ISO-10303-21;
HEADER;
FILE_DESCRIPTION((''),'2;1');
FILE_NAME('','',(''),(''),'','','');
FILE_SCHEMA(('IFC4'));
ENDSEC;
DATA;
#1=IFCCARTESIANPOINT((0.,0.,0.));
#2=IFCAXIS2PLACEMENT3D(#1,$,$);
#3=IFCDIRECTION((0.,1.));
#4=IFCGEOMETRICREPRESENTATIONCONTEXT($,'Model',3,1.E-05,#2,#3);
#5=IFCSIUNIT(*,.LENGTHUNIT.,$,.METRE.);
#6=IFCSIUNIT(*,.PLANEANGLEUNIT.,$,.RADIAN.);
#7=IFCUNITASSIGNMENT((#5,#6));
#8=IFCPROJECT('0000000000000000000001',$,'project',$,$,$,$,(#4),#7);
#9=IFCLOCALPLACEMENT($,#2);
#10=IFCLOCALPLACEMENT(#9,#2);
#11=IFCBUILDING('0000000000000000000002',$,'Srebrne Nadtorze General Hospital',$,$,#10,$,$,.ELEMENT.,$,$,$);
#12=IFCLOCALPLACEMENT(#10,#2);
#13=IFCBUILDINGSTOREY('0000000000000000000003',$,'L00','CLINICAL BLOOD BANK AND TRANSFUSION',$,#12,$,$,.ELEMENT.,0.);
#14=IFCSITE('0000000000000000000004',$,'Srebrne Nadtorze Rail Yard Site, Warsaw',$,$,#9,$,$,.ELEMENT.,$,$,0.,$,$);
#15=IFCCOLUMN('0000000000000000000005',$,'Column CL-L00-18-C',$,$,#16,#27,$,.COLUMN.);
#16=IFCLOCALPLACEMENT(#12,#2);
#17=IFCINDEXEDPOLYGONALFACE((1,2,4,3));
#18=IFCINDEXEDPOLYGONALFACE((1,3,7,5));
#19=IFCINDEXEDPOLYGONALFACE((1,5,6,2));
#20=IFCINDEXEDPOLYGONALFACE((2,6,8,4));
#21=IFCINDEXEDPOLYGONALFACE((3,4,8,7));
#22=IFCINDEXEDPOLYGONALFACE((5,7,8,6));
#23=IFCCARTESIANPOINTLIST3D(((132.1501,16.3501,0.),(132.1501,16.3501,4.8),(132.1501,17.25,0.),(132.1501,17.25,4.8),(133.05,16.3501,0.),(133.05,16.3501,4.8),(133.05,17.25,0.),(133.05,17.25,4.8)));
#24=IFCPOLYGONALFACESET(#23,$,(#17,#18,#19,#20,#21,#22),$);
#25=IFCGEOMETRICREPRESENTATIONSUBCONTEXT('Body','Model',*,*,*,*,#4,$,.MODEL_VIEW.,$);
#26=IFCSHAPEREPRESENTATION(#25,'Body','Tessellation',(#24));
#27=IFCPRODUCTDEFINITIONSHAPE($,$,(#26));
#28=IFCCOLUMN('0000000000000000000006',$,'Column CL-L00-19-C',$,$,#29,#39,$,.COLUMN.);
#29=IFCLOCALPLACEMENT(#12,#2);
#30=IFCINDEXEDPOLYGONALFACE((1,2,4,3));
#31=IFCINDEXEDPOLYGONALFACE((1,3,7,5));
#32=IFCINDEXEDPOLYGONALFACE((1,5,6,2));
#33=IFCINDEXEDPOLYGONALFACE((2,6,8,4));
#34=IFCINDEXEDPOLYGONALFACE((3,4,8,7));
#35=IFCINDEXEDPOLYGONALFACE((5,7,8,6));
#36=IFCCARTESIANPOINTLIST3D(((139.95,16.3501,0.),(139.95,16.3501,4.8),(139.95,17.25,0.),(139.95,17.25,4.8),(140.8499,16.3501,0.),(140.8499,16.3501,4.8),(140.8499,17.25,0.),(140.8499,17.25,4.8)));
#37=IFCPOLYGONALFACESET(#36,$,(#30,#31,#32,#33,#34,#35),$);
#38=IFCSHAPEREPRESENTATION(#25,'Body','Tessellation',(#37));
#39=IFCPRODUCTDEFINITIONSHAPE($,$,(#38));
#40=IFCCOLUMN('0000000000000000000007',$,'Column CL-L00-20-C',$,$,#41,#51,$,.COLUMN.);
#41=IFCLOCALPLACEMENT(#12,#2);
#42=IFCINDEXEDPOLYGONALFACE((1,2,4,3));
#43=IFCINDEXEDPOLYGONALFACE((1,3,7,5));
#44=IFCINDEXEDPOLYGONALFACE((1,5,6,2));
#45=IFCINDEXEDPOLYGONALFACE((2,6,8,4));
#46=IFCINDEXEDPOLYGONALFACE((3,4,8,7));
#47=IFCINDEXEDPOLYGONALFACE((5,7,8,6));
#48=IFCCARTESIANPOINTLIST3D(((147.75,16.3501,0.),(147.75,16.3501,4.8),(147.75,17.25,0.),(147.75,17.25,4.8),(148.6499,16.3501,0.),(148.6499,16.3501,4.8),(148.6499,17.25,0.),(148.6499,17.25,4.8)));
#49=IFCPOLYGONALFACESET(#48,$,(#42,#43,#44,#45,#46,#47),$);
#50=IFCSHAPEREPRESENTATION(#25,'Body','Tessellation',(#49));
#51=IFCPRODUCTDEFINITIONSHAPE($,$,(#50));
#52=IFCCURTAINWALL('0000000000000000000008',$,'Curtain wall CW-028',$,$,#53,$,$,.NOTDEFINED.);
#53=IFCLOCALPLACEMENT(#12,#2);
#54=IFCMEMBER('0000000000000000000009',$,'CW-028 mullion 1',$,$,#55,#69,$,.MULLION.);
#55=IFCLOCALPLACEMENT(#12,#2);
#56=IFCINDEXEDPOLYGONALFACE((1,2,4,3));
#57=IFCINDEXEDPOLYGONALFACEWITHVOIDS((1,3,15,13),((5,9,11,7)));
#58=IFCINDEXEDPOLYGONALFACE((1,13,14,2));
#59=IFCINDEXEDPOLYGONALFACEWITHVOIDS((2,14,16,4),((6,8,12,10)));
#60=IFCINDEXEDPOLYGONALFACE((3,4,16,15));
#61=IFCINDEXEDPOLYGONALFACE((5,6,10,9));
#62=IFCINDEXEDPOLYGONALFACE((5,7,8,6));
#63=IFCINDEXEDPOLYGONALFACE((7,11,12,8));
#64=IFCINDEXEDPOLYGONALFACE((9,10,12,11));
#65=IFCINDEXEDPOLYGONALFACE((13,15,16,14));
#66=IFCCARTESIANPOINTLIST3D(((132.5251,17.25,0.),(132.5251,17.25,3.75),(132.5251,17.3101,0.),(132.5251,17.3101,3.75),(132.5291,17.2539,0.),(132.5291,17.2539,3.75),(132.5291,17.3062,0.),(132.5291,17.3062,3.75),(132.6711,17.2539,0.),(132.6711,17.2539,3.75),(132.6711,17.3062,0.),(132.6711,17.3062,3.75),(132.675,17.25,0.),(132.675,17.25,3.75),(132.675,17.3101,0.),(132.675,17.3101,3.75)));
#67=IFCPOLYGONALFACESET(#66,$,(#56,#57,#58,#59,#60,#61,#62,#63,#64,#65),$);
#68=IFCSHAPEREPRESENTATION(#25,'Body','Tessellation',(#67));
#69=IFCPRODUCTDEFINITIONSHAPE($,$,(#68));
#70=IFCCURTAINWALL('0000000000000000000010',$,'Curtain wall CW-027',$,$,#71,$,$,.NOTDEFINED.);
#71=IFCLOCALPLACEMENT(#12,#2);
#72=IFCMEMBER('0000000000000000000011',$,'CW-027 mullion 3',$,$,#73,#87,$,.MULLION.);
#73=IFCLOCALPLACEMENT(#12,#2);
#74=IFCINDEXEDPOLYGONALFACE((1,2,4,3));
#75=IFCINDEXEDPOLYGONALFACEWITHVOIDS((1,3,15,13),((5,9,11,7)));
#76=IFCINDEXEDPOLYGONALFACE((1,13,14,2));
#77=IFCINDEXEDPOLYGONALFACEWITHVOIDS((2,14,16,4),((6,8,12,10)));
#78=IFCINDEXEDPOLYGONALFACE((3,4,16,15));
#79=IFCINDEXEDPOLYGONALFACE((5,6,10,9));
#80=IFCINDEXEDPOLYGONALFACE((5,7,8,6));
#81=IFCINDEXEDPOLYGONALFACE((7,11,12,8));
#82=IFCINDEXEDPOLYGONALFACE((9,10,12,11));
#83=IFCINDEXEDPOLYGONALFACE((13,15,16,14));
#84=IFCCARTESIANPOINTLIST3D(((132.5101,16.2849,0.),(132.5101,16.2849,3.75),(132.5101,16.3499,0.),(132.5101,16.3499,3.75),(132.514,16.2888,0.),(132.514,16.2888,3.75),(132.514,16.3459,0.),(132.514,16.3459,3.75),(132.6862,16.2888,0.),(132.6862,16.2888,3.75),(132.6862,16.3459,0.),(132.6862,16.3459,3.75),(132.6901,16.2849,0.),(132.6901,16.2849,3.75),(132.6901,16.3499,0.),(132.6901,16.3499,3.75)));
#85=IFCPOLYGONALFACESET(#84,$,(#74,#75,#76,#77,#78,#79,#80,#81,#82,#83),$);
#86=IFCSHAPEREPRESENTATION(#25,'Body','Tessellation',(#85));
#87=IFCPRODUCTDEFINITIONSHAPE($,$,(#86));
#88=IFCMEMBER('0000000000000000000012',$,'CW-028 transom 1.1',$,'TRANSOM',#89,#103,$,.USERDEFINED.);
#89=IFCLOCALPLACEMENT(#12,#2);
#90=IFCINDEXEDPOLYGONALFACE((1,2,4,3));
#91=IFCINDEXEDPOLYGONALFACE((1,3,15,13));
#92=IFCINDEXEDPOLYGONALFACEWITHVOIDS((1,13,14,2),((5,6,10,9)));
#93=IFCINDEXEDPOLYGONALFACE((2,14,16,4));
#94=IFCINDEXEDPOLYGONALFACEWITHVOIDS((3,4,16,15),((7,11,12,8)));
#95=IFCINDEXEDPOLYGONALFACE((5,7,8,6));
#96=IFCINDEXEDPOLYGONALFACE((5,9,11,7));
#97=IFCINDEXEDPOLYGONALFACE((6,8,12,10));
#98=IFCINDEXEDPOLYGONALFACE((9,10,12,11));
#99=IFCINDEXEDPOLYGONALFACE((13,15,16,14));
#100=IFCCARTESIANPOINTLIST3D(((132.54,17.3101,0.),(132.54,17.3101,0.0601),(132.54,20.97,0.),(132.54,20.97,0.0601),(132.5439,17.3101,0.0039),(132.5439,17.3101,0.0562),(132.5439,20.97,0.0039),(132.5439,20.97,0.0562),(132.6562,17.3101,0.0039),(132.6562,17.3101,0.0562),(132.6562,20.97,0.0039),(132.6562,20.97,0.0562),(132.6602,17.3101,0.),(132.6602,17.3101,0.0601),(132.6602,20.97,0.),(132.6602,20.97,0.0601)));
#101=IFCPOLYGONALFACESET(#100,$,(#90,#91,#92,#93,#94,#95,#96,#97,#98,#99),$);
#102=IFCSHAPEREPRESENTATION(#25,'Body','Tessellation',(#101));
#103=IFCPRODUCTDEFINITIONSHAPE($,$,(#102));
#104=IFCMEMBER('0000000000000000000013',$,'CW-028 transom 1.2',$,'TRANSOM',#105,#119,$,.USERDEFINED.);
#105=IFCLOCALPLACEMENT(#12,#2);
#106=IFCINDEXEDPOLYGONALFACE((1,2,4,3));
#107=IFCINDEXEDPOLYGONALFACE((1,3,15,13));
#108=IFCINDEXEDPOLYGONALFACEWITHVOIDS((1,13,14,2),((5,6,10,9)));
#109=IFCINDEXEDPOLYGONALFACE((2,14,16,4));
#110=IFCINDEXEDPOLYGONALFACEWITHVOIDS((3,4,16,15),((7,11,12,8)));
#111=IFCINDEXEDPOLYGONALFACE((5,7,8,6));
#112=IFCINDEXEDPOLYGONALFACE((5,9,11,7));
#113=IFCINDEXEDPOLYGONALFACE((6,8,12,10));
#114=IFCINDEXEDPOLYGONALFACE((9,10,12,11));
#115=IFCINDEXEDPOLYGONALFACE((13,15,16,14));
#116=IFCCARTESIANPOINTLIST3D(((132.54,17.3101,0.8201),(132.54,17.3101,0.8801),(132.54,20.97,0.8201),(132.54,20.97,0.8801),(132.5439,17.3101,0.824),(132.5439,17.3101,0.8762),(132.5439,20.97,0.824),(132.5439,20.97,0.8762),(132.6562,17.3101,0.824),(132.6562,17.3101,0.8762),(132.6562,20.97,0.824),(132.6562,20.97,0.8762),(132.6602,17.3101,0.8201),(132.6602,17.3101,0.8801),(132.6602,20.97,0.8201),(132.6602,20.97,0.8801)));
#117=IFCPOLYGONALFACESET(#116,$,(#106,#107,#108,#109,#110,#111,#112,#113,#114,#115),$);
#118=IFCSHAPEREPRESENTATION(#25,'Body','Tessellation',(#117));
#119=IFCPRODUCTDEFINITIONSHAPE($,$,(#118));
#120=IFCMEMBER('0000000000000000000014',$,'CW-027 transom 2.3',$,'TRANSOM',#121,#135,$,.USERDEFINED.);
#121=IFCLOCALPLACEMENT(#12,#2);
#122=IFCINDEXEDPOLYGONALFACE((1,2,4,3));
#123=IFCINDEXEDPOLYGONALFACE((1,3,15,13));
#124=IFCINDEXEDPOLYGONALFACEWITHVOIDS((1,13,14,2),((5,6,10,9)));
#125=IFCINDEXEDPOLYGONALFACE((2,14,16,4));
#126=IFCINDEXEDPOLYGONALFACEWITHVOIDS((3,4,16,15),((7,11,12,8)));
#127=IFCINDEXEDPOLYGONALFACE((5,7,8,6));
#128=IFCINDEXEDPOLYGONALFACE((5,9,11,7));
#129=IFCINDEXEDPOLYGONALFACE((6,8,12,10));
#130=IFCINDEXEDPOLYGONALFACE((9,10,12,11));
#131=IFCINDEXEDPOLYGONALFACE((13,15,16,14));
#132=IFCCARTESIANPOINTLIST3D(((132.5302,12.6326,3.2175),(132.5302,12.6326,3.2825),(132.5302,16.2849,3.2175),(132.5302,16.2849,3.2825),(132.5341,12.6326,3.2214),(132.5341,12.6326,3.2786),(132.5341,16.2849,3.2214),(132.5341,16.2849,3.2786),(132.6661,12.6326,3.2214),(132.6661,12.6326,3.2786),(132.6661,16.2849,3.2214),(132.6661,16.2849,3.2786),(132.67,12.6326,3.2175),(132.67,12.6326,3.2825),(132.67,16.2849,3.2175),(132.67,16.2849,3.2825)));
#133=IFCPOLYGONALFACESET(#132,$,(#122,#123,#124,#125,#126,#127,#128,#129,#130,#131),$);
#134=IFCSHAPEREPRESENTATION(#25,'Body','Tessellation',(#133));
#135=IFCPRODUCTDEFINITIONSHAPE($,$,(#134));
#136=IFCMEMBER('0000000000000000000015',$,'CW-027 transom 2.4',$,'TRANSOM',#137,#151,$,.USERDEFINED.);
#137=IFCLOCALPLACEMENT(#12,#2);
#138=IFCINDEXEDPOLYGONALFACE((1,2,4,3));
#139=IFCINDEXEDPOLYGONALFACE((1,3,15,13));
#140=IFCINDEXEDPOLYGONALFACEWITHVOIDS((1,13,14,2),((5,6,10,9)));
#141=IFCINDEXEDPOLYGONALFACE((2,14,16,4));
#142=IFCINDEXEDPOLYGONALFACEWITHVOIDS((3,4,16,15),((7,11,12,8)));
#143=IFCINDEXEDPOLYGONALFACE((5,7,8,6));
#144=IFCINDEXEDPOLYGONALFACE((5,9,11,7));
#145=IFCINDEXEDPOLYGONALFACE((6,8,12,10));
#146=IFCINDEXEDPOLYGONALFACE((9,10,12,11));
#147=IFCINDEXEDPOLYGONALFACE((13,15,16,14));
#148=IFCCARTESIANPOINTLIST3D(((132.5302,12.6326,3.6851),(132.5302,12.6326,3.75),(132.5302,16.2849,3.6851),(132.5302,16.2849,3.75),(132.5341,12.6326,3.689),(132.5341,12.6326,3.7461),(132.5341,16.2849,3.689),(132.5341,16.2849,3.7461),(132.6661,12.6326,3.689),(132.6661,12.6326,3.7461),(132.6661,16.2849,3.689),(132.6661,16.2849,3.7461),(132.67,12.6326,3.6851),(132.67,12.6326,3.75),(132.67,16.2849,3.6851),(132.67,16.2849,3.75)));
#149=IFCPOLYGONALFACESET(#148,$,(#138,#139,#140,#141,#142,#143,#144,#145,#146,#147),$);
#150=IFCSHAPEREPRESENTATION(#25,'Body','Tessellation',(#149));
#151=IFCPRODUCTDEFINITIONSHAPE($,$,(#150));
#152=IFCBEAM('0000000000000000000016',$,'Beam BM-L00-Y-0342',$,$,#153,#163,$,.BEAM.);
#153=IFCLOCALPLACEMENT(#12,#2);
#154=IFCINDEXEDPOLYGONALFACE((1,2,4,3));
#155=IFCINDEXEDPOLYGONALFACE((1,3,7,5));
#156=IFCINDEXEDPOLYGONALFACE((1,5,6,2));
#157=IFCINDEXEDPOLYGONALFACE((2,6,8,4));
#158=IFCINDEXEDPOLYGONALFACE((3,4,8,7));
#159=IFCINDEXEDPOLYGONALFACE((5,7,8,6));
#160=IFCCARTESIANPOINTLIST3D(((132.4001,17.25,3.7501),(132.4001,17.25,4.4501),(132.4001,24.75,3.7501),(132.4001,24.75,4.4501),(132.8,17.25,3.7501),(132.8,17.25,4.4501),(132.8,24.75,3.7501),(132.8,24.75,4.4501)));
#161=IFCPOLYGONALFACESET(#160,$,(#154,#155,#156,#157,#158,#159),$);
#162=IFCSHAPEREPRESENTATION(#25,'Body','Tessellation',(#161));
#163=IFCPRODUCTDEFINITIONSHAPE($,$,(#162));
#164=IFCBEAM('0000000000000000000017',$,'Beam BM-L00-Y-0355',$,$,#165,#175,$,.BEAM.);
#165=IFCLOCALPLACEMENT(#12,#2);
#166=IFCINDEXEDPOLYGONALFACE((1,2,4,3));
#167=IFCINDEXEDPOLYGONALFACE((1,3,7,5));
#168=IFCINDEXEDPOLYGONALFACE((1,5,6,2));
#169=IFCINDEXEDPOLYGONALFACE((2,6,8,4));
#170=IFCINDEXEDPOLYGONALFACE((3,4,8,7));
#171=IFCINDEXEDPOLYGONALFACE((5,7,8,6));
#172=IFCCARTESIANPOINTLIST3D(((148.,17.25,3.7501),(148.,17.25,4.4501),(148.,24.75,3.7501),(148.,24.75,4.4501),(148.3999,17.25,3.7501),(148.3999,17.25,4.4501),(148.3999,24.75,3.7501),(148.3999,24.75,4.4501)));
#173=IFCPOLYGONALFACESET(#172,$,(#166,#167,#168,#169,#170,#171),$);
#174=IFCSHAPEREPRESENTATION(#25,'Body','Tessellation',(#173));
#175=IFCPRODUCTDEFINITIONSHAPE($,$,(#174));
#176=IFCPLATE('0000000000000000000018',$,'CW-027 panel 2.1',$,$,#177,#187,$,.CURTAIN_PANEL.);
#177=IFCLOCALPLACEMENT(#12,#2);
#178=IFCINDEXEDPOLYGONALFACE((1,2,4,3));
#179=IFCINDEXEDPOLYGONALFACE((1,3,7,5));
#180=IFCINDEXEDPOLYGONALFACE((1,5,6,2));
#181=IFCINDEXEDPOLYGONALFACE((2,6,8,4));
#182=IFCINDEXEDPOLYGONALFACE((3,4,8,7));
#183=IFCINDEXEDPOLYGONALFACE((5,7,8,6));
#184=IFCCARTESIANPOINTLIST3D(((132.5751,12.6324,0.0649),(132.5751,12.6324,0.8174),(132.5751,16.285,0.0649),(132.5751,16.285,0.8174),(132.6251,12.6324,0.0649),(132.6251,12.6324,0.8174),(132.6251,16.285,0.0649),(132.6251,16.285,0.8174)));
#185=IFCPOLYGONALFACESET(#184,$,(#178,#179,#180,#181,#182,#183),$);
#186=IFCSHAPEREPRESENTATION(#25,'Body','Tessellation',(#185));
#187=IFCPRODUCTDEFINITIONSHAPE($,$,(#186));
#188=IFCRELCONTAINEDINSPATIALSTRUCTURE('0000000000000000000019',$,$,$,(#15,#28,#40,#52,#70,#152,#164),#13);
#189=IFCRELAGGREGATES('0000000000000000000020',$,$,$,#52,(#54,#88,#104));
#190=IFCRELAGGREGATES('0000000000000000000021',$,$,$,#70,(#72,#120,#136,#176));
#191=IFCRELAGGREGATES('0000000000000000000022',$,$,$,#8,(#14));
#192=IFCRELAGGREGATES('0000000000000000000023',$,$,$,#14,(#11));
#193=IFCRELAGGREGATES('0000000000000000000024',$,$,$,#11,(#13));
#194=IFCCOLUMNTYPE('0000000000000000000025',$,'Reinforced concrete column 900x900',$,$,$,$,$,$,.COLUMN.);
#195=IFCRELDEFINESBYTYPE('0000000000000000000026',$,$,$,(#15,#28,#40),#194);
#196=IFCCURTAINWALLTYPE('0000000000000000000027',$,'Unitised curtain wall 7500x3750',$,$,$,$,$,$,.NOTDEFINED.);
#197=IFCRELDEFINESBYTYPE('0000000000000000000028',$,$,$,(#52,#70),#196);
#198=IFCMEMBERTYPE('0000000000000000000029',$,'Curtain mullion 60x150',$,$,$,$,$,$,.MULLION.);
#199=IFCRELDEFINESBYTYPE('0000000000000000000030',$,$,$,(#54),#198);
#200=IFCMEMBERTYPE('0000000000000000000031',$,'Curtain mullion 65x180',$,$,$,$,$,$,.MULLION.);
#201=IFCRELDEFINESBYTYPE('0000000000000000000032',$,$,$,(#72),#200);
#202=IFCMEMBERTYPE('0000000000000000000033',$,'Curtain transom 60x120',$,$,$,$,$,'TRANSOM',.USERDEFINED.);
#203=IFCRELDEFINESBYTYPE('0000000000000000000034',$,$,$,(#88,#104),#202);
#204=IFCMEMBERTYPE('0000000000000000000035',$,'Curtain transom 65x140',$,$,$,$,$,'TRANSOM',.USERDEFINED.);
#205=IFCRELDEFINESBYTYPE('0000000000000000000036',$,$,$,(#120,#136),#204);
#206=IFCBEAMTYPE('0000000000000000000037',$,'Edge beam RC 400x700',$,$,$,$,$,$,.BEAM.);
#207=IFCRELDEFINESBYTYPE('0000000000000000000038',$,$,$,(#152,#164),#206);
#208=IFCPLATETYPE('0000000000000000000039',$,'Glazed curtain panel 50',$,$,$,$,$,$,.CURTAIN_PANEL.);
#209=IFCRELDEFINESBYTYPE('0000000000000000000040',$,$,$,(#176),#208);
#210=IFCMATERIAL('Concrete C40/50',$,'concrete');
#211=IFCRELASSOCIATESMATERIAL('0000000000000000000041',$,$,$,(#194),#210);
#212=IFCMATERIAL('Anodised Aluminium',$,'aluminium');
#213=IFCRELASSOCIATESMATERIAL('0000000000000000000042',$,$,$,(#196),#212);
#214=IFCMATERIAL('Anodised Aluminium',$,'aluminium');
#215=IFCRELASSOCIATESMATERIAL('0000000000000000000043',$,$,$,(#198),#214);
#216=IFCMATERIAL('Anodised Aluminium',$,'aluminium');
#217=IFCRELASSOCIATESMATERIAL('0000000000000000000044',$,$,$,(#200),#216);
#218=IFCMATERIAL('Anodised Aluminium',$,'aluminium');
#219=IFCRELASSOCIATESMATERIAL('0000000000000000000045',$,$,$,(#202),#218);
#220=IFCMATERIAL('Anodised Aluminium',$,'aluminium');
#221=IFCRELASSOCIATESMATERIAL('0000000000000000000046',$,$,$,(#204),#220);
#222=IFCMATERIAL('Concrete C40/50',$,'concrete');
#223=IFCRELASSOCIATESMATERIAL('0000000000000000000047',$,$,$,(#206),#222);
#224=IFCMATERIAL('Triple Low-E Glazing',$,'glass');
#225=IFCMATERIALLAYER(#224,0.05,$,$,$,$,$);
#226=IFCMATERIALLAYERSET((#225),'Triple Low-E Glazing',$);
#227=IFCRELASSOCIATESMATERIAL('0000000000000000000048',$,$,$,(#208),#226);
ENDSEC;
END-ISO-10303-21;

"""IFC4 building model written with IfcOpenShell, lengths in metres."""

from ifc_helpers import new_model, si_unit, direction, frame, origin, origin_2d, place, context, subcontext, project, spatial, rectangle, hollow_rectangle, extrude, material, layer, layer_set, material_profile, profile_set, type_object, element, aggregate, save


model = new_model("IFC4")

# Units and contexts
model_context = context("Model", 3, precision=1e-05, world=origin(), true_north=direction((0.0, 1.0)))
body_context = subcontext(model_context, "Body", "Model", "MODEL_VIEW")
ifc_project = project(units=[si_unit("LENGTHUNIT", "METRE"), si_unit("PLANEANGLEUNIT", "RADIAN")], contexts=[model_context])

# Site, building, storey
site_placement = place(None, origin())
site = spatial("IfcSite", under=ifc_project, at=site_placement, Name="Srebrne Nadtorze Rail Yard Site, Warsaw", CompositionType="ELEMENT", RefElevation=0.0)
building_placement = place(site_placement, origin())
building = spatial("IfcBuilding", under=site, at=building_placement, Name="Srebrne Nadtorze General Hospital", CompositionType="ELEMENT")
storey_placement = place(building_placement, origin())
storey = spatial("IfcBuildingStorey", under=building, at=storey_placement, Name="L00", Description="CLINICAL BLOOD BANK AND TRANSFUSION", CompositionType="ELEMENT", Elevation=0.0)

# Columns
ifc_material_1 = material(Name="Concrete C40/50", Category="concrete")
ifc_material_profile_1 = material_profile(ifc_material_1, rectangle(XDim=0.8999, YDim=0.8999, at=origin_2d()), Name="RC-COL-900x900")
ifc_profile_set_1 = profile_set([ifc_material_profile_1], Name="Concrete C40/50")
column_type = type_object("IfcColumnType", Name="Reinforced concrete column 900x900", PredefinedType="COLUMN", material=ifc_profile_set_1)
for number, where, z_axis, x_axis, name in (
    (1, (132.6001, 16.8, 0.0), (0.0, 0.0, 1.0), (1.0, 0.0, 0.0), "Column CL-L00-18-C"),
    (2, (140.3999, 16.8, 0.0), (0.0, 0.0, 1.0), (1.0, 0.0, 0.0), "Column CL-L00-19-C"),
    (3, (148.2, 16.8, 0.0), (0.0, 0.0, 1.0), (1.0, 0.0, 0.0), "Column CL-L00-20-C"),
):
    element("IfcColumn", number, at=place(storey_placement, frame(where, z_axis=z_axis, x_axis=x_axis)), inside=storey, type_object=column_type, Name=name, PredefinedType="COLUMN", context=body_context, shape_type="SweptSolid", body=[
        extrude(rectangle(XDim=0.8999, YDim=0.8999, at=origin_2d()), origin(), (0.0, 0.0, 1.0), 4.8),
    ])

# Curtain walls, members
ifc_material_2 = material(Name="Anodised Aluminium", Category="aluminium")
curtain_wall_type = type_object("IfcCurtainWallType", Name="Unitised curtain wall 7500x3750", PredefinedType="NOTDEFINED", material=ifc_material_2)
curtain_wall_1_placement = place(storey_placement, origin())
curtain_wall_1 = element("IfcCurtainWall", 4, at=curtain_wall_1_placement, inside=storey, type_object=curtain_wall_type, Name="Curtain wall CW-028", PredefinedType="NOTDEFINED")
ifc_material_3 = material(Name="Anodised Aluminium", Category="aluminium")
ifc_material_profile_2 = material_profile(ifc_material_3, hollow_rectangle(XDim=0.0601, YDim=0.1499, WallThickness=0.0039, at=origin_2d()), Name="AL-MUL-60x150")
ifc_profile_set_2 = profile_set([ifc_material_profile_2], Name="Anodised Aluminium")
member_type_1 = type_object("IfcMemberType", Name="Curtain mullion 60x150", PredefinedType="MULLION", material=ifc_profile_set_2)
member_1_placement = place(storey_placement, frame((132.6001, 17.28, 0.0), z_axis=(0.0, 0.0, 1.0), x_axis=(0.0, 1.0, 0.0)))
member_1 = element("IfcMember", 5, at=member_1_placement, type_object=member_type_1, Name="CW-028 mullion 1", PredefinedType="MULLION", context=body_context, shape_type="SweptSolid", body=[
    extrude(hollow_rectangle(XDim=0.0601, YDim=0.1499, WallThickness=0.0039, at=origin_2d()), origin(), (0.0, 0.0, 1.0), 3.75),
])
curtain_wall_2_placement = place(storey_placement, origin())
curtain_wall_2 = element("IfcCurtainWall", 6, at=curtain_wall_2_placement, inside=storey, type_object=curtain_wall_type, Name="Curtain wall CW-027", PredefinedType="NOTDEFINED")
ifc_material_4 = material(Name="Anodised Aluminium", Category="aluminium")
ifc_material_profile_3 = material_profile(ifc_material_4, hollow_rectangle(XDim=0.0649, YDim=0.1799, WallThickness=0.0039, at=origin_2d()), Name="AL-MUL-65x180")
ifc_profile_set_3 = profile_set([ifc_material_profile_3], Name="Anodised Aluminium")
member_type_2 = type_object("IfcMemberType", Name="Curtain mullion 65x180", PredefinedType="MULLION", material=ifc_profile_set_3)
member_2_placement = place(storey_placement, frame((132.6001, 16.3174, 0.0), z_axis=(0.0, 0.0, 1.0), x_axis=(0.0, 1.0, 0.0)))
member_2 = element("IfcMember", 7, at=member_2_placement, type_object=member_type_2, Name="CW-027 mullion 3", PredefinedType="MULLION", context=body_context, shape_type="SweptSolid", body=[
    extrude(hollow_rectangle(XDim=0.0649, YDim=0.1799, WallThickness=0.0039, at=origin_2d()), origin(), (0.0, 0.0, 1.0), 3.75),
])

# Members
ifc_material_5 = material(Name="Anodised Aluminium", Category="aluminium")
ifc_material_profile_4 = material_profile(ifc_material_5, hollow_rectangle(XDim=0.0601, YDim=0.1201, WallThickness=0.0039, at=origin_2d()), Name="AL-TRN-60x120")
ifc_profile_set_4 = profile_set([ifc_material_profile_4], Name="Anodised Aluminium")
member_type_3 = type_object("IfcMemberType", Name="Curtain transom 60x120", ElementType="TRANSOM", PredefinedType="USERDEFINED", material=ifc_profile_set_4)
member_3_placement = place(storey_placement, frame((132.6001, 17.3101, 0.03), z_axis=(0.0, 1.0, 0.0), x_axis=(0.0, 0.0, 1.0)))
member_3 = element("IfcMember", 8, at=member_3_placement, type_object=member_type_3, Name="CW-028 transom 1.1", ObjectType="TRANSOM", PredefinedType="USERDEFINED", context=body_context, shape_type="SweptSolid", body=[
    extrude(hollow_rectangle(XDim=0.0601, YDim=0.1201, WallThickness=0.0039, at=origin_2d()), origin(), (0.0, 0.0, 1.0), 3.6599),
])
member_4_placement = place(storey_placement, frame((132.6001, 17.3101, 0.8501), z_axis=(0.0, 1.0, 0.0), x_axis=(0.0, 0.0, 1.0)))
member_4 = element("IfcMember", 9, at=member_4_placement, type_object=member_type_3, Name="CW-028 transom 1.2", ObjectType="TRANSOM", PredefinedType="USERDEFINED", context=body_context, shape_type="SweptSolid", body=[
    extrude(hollow_rectangle(XDim=0.0601, YDim=0.1201, WallThickness=0.0039, at=origin_2d()), origin(), (0.0, 0.0, 1.0), 3.6599),
])
aggregate(curtain_wall_1, [member_1, member_3, member_4])
ifc_material_6 = material(Name="Anodised Aluminium", Category="aluminium")
ifc_material_profile_5 = material_profile(ifc_material_6, hollow_rectangle(XDim=0.0649, YDim=0.1399, WallThickness=0.0039, at=origin_2d()), Name="AL-TRN-65x140")
ifc_profile_set_5 = profile_set([ifc_material_profile_5], Name="Anodised Aluminium")
member_type_4 = type_object("IfcMemberType", Name="Curtain transom 65x140", ElementType="TRANSOM", PredefinedType="USERDEFINED", material=ifc_profile_set_5)
member_5_placement = place(storey_placement, frame((132.6001, 12.6326, 3.25), z_axis=(0.0, 1.0, 0.0), x_axis=(0.0, 0.0, 1.0)))
member_5 = element("IfcMember", 10, at=member_5_placement, type_object=member_type_4, Name="CW-027 transom 2.3", ObjectType="TRANSOM", PredefinedType="USERDEFINED", context=body_context, shape_type="SweptSolid", body=[
    extrude(hollow_rectangle(XDim=0.0649, YDim=0.1399, WallThickness=0.0039, at=origin_2d()), origin(), (0.0, 0.0, 1.0), 3.6523),
])
member_6_placement = place(storey_placement, frame((132.6001, 12.6326, 3.7175), z_axis=(0.0, 1.0, 0.0), x_axis=(0.0, 0.0, 1.0)))
member_6 = element("IfcMember", 11, at=member_6_placement, type_object=member_type_4, Name="CW-027 transom 2.4", ObjectType="TRANSOM", PredefinedType="USERDEFINED", context=body_context, shape_type="SweptSolid", body=[
    extrude(hollow_rectangle(XDim=0.0649, YDim=0.1399, WallThickness=0.0039, at=origin_2d()), origin(), (0.0, 0.0, 1.0), 3.6523),
])

# Beams
ifc_material_7 = material(Name="Concrete C40/50", Category="concrete")
ifc_material_profile_6 = material_profile(ifc_material_7, rectangle(XDim=0.3999, YDim=0.7, at=origin_2d()), Name="RC-BM-400x700")
ifc_profile_set_6 = profile_set([ifc_material_profile_6], Name="Concrete C40/50")
beam_type = type_object("IfcBeamType", Name="Edge beam RC 400x700", PredefinedType="BEAM", material=ifc_profile_set_6)
for number, where, z_axis, x_axis, name in (
    (12, (132.6001, 17.25, 4.1001), (0.0, 1.0, 0.0), (-1.0, 0.0, 0.0), "Beam BM-L00-Y-0342"),
    (13, (148.2, 17.25, 4.1001), (0.0, 1.0, 0.0), (-1.0, 0.0, 0.0), "Beam BM-L00-Y-0355"),
):
    element("IfcBeam", number, at=place(storey_placement, frame(where, z_axis=z_axis, x_axis=x_axis)), inside=storey, type_object=beam_type, Name=name, PredefinedType="BEAM", context=body_context, shape_type="SweptSolid", body=[
        extrude(rectangle(XDim=0.3999, YDim=0.7, at=origin_2d()), origin(), (0.0, 0.0, 1.0), 7.5),
    ])

# Plate
ifc_material_8 = material(Name="Triple Low-E Glazing", Category="glass")
ifc_layer_1 = layer(ifc_material_8, 0.05)
ifc_layer_set_1 = layer_set([ifc_layer_1], Name="Triple Low-E Glazing")
plate_type = type_object("IfcPlateType", Name="Glazed curtain panel 50", PredefinedType="CURTAIN_PANEL", material=ifc_layer_set_1)
plate_1_placement = place(storey_placement, frame((132.6001, 14.4587, 0.0649), z_axis=(0.0, 0.0, 1.0), x_axis=(0.0, 1.0, 0.0)))
plate_1 = element("IfcPlate", 14, at=plate_1_placement, type_object=plate_type, Name="CW-027 panel 2.1", PredefinedType="CURTAIN_PANEL", context=body_context, shape_type="SweptSolid", body=[
    extrude(rectangle(XDim=3.6526, YDim=0.05, at=origin_2d()), origin(), (0.0, 0.0, 1.0), 0.7524),
])
aggregate(curtain_wall_2, [member_2, member_5, member_6, plate_1])

save(model, "model.ifc")
